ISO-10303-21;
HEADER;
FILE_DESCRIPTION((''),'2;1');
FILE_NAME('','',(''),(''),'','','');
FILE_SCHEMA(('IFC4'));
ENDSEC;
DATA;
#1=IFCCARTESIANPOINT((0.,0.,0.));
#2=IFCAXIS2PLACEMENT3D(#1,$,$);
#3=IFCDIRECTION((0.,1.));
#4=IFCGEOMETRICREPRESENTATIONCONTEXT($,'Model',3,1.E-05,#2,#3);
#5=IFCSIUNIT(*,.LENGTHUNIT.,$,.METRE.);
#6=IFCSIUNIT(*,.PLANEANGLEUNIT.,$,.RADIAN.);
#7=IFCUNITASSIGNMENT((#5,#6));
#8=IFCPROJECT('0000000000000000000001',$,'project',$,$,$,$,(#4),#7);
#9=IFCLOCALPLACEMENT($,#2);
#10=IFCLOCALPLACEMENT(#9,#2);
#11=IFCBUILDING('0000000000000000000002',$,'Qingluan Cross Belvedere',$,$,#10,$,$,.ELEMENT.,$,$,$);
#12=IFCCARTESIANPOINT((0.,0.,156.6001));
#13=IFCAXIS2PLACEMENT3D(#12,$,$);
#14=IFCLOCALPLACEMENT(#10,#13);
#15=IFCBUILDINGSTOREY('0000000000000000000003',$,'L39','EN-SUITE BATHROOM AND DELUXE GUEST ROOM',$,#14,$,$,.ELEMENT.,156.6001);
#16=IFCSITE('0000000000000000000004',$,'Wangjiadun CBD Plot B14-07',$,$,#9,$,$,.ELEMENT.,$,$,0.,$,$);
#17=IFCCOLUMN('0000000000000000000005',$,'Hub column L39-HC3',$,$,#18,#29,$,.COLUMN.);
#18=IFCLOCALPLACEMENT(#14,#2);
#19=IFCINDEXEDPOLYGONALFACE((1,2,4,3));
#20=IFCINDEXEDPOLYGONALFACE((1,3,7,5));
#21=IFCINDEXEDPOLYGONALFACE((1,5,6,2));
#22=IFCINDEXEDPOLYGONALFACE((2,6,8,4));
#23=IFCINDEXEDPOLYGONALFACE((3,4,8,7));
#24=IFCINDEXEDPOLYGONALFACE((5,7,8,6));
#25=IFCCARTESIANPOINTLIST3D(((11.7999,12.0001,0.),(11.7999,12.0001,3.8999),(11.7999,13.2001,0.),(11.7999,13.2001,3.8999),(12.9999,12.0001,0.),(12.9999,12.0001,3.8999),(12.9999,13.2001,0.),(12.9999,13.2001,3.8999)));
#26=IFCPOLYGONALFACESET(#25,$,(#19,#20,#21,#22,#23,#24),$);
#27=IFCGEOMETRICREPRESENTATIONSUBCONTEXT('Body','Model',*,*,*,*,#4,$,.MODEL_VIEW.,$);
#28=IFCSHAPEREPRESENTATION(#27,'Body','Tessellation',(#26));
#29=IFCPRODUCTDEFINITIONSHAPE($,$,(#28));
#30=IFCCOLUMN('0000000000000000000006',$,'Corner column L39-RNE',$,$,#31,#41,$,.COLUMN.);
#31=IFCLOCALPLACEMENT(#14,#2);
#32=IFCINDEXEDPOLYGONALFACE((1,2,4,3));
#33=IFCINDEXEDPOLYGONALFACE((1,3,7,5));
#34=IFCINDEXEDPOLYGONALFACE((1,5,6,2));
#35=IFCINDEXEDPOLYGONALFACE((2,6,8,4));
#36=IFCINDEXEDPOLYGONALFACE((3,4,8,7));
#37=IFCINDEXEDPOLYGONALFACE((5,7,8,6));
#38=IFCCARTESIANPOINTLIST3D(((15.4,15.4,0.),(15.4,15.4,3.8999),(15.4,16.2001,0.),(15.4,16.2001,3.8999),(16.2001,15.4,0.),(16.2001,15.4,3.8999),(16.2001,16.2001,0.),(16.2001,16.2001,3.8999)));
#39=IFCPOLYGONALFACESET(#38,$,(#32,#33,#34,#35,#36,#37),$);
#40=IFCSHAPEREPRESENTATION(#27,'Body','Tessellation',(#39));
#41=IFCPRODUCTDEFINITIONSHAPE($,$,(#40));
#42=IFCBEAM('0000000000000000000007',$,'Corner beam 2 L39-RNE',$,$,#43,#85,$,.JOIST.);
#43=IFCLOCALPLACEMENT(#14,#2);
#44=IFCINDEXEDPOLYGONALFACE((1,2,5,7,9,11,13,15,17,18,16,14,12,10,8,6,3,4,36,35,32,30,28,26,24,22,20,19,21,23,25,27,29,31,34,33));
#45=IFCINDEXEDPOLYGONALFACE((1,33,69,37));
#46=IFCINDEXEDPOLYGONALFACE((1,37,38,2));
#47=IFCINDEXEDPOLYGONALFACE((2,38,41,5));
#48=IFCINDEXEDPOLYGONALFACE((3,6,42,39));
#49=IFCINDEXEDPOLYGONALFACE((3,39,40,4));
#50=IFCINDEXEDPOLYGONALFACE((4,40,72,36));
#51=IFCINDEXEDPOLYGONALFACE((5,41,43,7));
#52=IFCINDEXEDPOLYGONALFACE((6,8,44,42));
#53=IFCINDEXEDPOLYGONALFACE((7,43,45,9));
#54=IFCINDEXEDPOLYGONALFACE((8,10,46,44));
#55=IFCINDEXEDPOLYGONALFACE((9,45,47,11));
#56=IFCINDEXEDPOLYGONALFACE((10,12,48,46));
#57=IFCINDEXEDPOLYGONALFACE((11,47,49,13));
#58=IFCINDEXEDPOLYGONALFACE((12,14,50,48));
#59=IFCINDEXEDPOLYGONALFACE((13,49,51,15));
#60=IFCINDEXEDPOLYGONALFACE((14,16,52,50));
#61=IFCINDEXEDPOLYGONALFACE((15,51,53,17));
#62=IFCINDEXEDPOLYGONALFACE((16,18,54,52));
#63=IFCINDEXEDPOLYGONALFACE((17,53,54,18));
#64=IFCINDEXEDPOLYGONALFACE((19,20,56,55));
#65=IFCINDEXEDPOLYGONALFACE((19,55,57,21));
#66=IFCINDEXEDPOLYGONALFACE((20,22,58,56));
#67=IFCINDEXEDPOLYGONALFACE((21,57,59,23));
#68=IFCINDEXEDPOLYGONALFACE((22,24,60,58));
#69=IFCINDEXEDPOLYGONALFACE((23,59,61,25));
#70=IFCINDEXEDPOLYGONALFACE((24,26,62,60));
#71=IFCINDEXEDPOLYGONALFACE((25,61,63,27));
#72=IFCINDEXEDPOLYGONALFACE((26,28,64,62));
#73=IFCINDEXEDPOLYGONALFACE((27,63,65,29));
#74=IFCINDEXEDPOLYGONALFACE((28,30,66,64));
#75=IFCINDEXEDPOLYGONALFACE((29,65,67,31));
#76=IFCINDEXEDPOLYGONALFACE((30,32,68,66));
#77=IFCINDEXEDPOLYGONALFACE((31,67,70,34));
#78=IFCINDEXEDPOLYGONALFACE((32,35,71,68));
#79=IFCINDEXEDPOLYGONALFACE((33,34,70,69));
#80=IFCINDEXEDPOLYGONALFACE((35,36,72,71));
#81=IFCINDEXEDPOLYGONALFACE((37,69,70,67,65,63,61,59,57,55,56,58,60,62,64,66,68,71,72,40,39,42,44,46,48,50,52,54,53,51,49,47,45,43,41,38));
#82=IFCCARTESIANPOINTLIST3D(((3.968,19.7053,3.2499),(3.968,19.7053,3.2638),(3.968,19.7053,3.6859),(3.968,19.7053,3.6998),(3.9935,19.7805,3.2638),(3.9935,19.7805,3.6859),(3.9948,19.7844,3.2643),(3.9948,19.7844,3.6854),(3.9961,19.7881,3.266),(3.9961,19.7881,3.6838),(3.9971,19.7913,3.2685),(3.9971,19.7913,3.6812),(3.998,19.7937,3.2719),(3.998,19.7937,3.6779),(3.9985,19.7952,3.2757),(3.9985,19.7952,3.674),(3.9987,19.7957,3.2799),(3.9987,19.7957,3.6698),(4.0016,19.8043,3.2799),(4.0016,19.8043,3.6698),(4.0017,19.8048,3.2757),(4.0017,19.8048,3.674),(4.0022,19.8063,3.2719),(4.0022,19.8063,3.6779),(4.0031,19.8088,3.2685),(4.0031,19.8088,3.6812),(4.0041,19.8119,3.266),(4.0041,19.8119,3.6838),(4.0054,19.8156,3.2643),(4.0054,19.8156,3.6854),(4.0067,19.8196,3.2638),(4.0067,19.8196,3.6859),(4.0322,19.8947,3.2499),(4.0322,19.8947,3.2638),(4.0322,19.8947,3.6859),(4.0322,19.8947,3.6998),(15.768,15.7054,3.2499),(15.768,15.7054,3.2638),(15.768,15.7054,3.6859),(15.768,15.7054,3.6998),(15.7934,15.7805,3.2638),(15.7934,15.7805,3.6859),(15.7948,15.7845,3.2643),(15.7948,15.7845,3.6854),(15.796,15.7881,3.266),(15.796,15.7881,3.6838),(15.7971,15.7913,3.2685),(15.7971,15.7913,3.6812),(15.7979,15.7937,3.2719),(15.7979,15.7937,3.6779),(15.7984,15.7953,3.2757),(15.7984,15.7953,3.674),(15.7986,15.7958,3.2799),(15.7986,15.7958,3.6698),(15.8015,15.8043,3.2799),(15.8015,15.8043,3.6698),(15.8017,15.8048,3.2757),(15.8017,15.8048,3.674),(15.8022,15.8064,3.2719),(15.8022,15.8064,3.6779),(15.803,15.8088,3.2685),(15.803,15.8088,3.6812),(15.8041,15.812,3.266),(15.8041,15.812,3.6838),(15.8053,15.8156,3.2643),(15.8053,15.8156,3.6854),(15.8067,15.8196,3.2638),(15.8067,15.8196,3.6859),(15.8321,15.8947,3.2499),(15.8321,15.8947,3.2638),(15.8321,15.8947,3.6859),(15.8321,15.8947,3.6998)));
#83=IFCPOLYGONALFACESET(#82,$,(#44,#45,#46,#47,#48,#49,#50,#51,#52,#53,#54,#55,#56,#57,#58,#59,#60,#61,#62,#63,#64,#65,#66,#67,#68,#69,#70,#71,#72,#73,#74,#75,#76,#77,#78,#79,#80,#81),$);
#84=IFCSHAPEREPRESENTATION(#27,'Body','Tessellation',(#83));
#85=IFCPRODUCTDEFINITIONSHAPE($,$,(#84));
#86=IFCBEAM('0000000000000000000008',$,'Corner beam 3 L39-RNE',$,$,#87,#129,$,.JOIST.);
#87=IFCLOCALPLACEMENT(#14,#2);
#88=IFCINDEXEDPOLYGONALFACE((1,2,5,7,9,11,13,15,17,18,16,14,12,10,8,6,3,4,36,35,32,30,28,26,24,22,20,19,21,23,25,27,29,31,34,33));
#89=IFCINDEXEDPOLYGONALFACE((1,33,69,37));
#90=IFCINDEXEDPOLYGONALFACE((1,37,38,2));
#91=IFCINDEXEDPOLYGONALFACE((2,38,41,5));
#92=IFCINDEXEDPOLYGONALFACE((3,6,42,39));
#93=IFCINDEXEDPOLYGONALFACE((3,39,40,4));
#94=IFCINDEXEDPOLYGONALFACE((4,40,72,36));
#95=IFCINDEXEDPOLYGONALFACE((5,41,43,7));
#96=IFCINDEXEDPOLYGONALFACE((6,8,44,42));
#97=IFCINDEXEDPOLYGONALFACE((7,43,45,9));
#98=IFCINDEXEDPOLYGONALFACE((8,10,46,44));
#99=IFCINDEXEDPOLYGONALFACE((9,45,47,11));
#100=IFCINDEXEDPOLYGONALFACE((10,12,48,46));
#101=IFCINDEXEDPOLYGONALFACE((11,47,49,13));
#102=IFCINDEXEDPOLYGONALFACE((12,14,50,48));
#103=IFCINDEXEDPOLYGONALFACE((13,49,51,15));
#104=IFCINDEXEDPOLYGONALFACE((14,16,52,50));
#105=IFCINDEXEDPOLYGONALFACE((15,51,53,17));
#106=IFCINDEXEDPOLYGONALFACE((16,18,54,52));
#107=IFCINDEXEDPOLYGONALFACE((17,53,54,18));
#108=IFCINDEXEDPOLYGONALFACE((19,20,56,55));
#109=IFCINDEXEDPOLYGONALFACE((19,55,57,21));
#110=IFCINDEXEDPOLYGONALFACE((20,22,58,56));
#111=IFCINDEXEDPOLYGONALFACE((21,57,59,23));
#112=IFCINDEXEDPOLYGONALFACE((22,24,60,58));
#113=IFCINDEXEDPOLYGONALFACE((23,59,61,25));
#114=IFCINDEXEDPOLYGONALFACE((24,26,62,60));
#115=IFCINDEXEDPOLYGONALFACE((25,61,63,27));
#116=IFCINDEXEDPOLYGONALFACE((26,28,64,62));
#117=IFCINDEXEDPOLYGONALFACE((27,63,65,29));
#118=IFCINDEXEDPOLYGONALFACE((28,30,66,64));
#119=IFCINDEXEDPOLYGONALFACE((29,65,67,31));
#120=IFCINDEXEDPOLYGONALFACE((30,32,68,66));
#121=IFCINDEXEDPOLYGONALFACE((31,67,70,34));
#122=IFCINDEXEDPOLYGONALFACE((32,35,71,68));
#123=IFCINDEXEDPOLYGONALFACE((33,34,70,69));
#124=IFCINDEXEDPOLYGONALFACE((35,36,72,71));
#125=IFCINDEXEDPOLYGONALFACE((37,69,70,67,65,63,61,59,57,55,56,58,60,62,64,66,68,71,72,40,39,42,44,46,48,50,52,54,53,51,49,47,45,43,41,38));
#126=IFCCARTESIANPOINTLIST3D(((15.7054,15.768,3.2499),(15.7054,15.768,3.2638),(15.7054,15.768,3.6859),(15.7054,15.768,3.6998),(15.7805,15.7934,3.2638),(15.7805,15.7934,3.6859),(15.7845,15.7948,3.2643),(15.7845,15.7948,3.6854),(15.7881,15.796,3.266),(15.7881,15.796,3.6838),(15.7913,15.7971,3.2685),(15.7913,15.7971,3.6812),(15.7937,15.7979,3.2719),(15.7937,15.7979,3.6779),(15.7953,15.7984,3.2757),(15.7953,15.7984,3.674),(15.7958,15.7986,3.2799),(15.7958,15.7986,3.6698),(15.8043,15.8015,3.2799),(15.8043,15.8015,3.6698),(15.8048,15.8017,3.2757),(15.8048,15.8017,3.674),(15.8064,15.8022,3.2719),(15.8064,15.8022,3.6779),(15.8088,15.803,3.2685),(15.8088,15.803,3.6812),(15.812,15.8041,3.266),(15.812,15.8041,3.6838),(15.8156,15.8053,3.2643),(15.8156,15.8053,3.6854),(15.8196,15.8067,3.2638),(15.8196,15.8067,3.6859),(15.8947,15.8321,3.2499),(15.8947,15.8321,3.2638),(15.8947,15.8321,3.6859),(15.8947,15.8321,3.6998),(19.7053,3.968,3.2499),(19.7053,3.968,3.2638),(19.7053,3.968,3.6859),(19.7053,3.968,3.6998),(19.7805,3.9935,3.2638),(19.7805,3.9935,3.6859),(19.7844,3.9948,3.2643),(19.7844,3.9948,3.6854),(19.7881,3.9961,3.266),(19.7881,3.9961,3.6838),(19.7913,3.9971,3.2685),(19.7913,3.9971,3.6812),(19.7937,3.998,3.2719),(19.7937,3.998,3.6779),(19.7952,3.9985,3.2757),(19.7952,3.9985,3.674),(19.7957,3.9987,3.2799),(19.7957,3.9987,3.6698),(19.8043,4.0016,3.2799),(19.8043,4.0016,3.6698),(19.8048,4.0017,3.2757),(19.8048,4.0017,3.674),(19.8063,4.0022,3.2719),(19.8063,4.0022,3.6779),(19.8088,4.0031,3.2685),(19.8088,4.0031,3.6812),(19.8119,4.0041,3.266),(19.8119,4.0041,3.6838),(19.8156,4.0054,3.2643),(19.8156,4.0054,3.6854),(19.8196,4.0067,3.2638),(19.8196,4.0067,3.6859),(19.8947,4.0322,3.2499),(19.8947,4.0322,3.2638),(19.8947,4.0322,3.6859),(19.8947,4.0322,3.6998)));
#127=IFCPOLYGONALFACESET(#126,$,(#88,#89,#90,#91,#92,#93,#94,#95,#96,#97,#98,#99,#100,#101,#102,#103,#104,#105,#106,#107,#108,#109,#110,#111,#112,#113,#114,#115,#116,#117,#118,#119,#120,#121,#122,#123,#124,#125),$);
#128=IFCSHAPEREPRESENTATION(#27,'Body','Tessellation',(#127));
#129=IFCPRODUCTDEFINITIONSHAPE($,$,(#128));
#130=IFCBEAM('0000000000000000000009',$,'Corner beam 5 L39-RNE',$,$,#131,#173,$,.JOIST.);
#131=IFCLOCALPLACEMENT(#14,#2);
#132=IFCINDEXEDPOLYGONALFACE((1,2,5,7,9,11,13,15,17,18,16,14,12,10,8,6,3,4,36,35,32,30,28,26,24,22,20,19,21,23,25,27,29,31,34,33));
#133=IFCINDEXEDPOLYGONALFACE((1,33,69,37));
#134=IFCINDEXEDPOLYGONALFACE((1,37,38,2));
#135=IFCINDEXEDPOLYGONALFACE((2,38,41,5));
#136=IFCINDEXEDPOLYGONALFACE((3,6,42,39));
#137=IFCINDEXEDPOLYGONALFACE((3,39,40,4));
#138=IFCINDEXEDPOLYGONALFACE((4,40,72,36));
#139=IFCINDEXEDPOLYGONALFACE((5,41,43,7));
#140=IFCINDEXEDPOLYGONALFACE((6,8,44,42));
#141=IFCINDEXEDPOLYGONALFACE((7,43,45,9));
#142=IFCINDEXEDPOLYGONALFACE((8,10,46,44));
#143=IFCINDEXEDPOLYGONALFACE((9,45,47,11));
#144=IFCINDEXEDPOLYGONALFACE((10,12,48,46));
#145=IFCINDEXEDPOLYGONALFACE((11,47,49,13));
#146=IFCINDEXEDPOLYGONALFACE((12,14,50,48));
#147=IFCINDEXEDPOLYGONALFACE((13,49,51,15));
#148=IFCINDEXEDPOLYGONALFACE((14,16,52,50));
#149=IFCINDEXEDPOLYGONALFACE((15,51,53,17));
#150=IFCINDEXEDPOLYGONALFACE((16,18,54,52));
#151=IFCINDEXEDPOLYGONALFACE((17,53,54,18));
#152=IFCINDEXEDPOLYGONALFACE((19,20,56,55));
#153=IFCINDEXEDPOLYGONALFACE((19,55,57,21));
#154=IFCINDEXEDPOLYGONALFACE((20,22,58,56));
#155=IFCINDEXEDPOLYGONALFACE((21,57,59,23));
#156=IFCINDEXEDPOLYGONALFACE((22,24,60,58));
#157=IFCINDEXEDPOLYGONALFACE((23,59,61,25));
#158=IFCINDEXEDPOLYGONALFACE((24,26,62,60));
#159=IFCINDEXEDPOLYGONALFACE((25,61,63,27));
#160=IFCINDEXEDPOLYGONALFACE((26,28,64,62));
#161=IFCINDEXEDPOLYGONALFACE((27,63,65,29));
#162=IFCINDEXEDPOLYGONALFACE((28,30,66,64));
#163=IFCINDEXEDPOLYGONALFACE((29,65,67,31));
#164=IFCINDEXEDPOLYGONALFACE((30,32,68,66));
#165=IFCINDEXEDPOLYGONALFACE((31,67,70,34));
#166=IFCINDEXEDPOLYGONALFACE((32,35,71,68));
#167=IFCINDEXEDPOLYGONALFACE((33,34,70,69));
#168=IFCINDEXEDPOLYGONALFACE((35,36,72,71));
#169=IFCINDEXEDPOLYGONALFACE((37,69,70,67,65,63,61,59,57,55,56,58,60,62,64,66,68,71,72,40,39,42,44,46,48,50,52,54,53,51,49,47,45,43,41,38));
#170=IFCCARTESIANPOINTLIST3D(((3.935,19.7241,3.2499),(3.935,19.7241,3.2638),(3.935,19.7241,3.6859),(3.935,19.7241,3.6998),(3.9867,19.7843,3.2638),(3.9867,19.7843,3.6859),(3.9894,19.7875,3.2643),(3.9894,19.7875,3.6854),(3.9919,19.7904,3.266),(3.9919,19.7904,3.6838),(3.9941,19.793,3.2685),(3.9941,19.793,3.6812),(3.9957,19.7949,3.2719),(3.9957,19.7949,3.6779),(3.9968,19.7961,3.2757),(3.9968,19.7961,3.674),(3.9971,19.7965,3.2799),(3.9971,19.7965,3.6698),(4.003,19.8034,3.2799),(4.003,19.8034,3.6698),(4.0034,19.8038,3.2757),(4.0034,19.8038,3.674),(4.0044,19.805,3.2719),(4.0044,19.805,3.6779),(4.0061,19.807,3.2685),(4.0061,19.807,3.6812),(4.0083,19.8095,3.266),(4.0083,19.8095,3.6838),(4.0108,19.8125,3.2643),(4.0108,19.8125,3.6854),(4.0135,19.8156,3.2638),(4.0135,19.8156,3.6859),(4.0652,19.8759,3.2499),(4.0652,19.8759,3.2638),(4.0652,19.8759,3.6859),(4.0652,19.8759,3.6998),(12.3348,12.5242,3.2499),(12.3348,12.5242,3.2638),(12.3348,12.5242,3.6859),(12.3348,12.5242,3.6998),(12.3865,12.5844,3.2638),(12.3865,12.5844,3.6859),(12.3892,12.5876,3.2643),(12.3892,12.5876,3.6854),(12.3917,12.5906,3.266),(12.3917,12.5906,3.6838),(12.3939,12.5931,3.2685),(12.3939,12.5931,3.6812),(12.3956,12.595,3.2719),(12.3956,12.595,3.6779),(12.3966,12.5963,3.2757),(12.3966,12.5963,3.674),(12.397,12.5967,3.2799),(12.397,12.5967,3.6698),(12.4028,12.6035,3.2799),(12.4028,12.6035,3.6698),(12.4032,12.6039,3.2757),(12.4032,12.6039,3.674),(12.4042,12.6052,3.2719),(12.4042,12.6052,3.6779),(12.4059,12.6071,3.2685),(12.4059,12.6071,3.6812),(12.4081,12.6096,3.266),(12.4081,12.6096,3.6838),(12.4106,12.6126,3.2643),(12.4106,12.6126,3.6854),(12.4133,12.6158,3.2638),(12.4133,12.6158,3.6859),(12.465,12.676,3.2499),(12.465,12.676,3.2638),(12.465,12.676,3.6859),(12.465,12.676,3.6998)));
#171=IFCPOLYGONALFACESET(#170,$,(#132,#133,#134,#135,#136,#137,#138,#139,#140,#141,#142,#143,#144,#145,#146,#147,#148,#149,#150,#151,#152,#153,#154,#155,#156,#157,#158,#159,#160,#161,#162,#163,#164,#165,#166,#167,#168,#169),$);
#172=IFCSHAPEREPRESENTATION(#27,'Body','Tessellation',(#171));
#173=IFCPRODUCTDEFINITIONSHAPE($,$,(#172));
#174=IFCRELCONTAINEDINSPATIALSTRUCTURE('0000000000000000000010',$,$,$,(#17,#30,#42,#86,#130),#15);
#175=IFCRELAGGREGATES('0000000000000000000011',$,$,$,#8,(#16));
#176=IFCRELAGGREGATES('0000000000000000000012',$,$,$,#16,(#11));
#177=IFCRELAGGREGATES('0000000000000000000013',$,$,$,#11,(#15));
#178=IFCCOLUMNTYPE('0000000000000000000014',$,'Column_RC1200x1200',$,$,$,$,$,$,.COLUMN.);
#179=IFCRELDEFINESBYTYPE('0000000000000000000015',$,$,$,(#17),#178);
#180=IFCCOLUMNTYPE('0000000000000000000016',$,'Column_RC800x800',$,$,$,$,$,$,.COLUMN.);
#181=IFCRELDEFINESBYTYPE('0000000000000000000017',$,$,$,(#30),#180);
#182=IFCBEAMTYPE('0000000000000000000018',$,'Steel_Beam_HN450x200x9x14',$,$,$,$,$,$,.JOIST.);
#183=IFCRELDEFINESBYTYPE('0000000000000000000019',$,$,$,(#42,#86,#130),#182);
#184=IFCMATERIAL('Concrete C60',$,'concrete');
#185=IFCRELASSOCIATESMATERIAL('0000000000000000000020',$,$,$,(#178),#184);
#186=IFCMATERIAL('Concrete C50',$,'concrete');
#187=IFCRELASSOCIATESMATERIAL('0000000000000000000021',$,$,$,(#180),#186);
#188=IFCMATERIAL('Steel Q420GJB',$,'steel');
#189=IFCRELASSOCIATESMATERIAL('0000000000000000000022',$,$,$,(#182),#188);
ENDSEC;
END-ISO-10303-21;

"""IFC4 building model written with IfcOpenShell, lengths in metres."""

from ifc_helpers import new_model, si_unit, direction, frame, origin, origin_2d, place, context, subcontext, project, spatial, rectangle, i_section, extrude, material, material_profile, profile_set, type_object, element, save


model = new_model("IFC4")

# Units and contexts
model_context = context("Model", 3, precision=1e-05, world=origin(), true_north=direction((0.0, 1.0)))
body_context = subcontext(model_context, "Body", "Model", "MODEL_VIEW")
ifc_project = project(units=[si_unit("LENGTHUNIT", "METRE"), si_unit("PLANEANGLEUNIT", "RADIAN")], contexts=[model_context])

# Site, building, storey
site_placement = place(None, origin())
site = spatial("IfcSite", under=ifc_project, at=site_placement, Name="Wangjiadun CBD Plot B14-07", CompositionType="ELEMENT", RefElevation=0.0)
building_placement = place(site_placement, origin())
building = spatial("IfcBuilding", under=site, at=building_placement, Name="Qingluan Cross Belvedere", CompositionType="ELEMENT")
storey_placement = place(building_placement, frame((0.0, 0.0, 156.6001)))
storey = spatial("IfcBuildingStorey", under=building, at=storey_placement, Name="L39", Description="EN-SUITE BATHROOM AND DELUXE GUEST ROOM", CompositionType="ELEMENT", Elevation=156.6001)

# Columns
ifc_material_1 = material(Name="Concrete C60", Category="concrete")
ifc_material_profile_1 = material_profile(ifc_material_1, rectangle(XDim=1.2, YDim=1.2, at=origin_2d()), Name="RC1200x1200")
ifc_profile_set_1 = profile_set([ifc_material_profile_1], Name="Concrete C60")
column_type_1 = type_object("IfcColumnType", Name="Column_RC1200x1200", PredefinedType="COLUMN", material=ifc_profile_set_1)
column_1_placement = place(storey_placement, frame((12.3999, 12.6001, 0.0), z_axis=(0.0, 0.0, 1.0), x_axis=(1.0, 0.0, 0.0)))
element("IfcColumn", 1, at=column_1_placement, inside=storey, type_object=column_type_1, Name="Hub column L39-HC3", PredefinedType="COLUMN", context=body_context, shape_type="SweptSolid", body=[
    extrude(rectangle(XDim=1.2, YDim=1.2, at=origin_2d()), origin(), (0.0, 0.0, 1.0), 3.8999),
])
ifc_material_2 = material(Name="Concrete C50", Category="concrete")
ifc_material_profile_2 = material_profile(ifc_material_2, rectangle(XDim=0.8, YDim=0.8, at=origin_2d()), Name="RC800x800")
ifc_profile_set_2 = profile_set([ifc_material_profile_2], Name="Concrete C50")
column_type_2 = type_object("IfcColumnType", Name="Column_RC800x800", PredefinedType="COLUMN", material=ifc_profile_set_2)
column_2_placement = place(storey_placement, frame((15.8, 15.8, 0.0), z_axis=(0.0, 0.0, 1.0), x_axis=(1.0, 0.0, 0.0)))
element("IfcColumn", 2, at=column_2_placement, inside=storey, type_object=column_type_2, Name="Corner column L39-RNE", PredefinedType="COLUMN", context=body_context, shape_type="SweptSolid", body=[
    extrude(rectangle(XDim=0.8, YDim=0.8, at=origin_2d()), origin(), (0.0, 0.0, 1.0), 3.8999),
])

# Beams
ifc_material_3 = material(Name="Steel Q420GJB", Category="steel")
ifc_material_profile_3 = material_profile(ifc_material_3, i_section(OverallWidth=0.2, OverallDepth=0.45, WebThickness=0.009, FlangeThickness=0.0139, FilletRadius=0.0161, at=origin_2d()), Name="HN450x200x9x14")
ifc_profile_set_3 = profile_set([ifc_material_profile_3], Name="Steel Q420GJB")
beam_type = type_object("IfcBeamType", Name="Steel_Beam_HN450x200x9x14", PredefinedType="JOIST", material=ifc_profile_set_3)
for number, where, z_axis, x_axis, name in (
    (3, (15.8, 15.8, 3.4749), (-0.947066, 0.321038, 0.0), (-0.321038, -0.947066, 0.0), "Corner beam 2 L39-RNE"),
    (4, (15.8, 15.8, 3.4749), (0.321038, -0.947066, 0.0), (0.947066, 0.321038, 0.0), "Corner beam 3 L39-RNE"),
):
    element("IfcBeam", number, at=place(storey_placement, frame(where, z_axis=z_axis, x_axis=x_axis)), inside=storey, type_object=beam_type, Name=name, PredefinedType="JOIST", context=body_context, shape_type="SweptSolid", body=[
        extrude(i_section(OverallWidth=0.2, OverallDepth=0.45, WebThickness=0.009, FlangeThickness=0.0139, FilletRadius=0.0161, at=origin_2d()), origin(), (0.0, 0.0, 1.0), 12.4595),
    ])
beam_placement = place(storey_placement, frame((12.3999, 12.6001, 3.4749), z_axis=(-0.759255, 0.650793, 0.0), x_axis=(-0.650793, -0.759255, 0.0)))
element("IfcBeam", 5, at=beam_placement, inside=storey, type_object=beam_type, Name="Corner beam 5 L39-RNE", PredefinedType="JOIST", context=body_context, shape_type="SweptSolid", body=[
    extrude(i_section(OverallWidth=0.2, OverallDepth=0.45, WebThickness=0.009, FlangeThickness=0.0139, FilletRadius=0.0161, at=origin_2d()), origin(), (0.0, 0.0, 1.0), 11.0632),
])

save(model, "model.ifc")
